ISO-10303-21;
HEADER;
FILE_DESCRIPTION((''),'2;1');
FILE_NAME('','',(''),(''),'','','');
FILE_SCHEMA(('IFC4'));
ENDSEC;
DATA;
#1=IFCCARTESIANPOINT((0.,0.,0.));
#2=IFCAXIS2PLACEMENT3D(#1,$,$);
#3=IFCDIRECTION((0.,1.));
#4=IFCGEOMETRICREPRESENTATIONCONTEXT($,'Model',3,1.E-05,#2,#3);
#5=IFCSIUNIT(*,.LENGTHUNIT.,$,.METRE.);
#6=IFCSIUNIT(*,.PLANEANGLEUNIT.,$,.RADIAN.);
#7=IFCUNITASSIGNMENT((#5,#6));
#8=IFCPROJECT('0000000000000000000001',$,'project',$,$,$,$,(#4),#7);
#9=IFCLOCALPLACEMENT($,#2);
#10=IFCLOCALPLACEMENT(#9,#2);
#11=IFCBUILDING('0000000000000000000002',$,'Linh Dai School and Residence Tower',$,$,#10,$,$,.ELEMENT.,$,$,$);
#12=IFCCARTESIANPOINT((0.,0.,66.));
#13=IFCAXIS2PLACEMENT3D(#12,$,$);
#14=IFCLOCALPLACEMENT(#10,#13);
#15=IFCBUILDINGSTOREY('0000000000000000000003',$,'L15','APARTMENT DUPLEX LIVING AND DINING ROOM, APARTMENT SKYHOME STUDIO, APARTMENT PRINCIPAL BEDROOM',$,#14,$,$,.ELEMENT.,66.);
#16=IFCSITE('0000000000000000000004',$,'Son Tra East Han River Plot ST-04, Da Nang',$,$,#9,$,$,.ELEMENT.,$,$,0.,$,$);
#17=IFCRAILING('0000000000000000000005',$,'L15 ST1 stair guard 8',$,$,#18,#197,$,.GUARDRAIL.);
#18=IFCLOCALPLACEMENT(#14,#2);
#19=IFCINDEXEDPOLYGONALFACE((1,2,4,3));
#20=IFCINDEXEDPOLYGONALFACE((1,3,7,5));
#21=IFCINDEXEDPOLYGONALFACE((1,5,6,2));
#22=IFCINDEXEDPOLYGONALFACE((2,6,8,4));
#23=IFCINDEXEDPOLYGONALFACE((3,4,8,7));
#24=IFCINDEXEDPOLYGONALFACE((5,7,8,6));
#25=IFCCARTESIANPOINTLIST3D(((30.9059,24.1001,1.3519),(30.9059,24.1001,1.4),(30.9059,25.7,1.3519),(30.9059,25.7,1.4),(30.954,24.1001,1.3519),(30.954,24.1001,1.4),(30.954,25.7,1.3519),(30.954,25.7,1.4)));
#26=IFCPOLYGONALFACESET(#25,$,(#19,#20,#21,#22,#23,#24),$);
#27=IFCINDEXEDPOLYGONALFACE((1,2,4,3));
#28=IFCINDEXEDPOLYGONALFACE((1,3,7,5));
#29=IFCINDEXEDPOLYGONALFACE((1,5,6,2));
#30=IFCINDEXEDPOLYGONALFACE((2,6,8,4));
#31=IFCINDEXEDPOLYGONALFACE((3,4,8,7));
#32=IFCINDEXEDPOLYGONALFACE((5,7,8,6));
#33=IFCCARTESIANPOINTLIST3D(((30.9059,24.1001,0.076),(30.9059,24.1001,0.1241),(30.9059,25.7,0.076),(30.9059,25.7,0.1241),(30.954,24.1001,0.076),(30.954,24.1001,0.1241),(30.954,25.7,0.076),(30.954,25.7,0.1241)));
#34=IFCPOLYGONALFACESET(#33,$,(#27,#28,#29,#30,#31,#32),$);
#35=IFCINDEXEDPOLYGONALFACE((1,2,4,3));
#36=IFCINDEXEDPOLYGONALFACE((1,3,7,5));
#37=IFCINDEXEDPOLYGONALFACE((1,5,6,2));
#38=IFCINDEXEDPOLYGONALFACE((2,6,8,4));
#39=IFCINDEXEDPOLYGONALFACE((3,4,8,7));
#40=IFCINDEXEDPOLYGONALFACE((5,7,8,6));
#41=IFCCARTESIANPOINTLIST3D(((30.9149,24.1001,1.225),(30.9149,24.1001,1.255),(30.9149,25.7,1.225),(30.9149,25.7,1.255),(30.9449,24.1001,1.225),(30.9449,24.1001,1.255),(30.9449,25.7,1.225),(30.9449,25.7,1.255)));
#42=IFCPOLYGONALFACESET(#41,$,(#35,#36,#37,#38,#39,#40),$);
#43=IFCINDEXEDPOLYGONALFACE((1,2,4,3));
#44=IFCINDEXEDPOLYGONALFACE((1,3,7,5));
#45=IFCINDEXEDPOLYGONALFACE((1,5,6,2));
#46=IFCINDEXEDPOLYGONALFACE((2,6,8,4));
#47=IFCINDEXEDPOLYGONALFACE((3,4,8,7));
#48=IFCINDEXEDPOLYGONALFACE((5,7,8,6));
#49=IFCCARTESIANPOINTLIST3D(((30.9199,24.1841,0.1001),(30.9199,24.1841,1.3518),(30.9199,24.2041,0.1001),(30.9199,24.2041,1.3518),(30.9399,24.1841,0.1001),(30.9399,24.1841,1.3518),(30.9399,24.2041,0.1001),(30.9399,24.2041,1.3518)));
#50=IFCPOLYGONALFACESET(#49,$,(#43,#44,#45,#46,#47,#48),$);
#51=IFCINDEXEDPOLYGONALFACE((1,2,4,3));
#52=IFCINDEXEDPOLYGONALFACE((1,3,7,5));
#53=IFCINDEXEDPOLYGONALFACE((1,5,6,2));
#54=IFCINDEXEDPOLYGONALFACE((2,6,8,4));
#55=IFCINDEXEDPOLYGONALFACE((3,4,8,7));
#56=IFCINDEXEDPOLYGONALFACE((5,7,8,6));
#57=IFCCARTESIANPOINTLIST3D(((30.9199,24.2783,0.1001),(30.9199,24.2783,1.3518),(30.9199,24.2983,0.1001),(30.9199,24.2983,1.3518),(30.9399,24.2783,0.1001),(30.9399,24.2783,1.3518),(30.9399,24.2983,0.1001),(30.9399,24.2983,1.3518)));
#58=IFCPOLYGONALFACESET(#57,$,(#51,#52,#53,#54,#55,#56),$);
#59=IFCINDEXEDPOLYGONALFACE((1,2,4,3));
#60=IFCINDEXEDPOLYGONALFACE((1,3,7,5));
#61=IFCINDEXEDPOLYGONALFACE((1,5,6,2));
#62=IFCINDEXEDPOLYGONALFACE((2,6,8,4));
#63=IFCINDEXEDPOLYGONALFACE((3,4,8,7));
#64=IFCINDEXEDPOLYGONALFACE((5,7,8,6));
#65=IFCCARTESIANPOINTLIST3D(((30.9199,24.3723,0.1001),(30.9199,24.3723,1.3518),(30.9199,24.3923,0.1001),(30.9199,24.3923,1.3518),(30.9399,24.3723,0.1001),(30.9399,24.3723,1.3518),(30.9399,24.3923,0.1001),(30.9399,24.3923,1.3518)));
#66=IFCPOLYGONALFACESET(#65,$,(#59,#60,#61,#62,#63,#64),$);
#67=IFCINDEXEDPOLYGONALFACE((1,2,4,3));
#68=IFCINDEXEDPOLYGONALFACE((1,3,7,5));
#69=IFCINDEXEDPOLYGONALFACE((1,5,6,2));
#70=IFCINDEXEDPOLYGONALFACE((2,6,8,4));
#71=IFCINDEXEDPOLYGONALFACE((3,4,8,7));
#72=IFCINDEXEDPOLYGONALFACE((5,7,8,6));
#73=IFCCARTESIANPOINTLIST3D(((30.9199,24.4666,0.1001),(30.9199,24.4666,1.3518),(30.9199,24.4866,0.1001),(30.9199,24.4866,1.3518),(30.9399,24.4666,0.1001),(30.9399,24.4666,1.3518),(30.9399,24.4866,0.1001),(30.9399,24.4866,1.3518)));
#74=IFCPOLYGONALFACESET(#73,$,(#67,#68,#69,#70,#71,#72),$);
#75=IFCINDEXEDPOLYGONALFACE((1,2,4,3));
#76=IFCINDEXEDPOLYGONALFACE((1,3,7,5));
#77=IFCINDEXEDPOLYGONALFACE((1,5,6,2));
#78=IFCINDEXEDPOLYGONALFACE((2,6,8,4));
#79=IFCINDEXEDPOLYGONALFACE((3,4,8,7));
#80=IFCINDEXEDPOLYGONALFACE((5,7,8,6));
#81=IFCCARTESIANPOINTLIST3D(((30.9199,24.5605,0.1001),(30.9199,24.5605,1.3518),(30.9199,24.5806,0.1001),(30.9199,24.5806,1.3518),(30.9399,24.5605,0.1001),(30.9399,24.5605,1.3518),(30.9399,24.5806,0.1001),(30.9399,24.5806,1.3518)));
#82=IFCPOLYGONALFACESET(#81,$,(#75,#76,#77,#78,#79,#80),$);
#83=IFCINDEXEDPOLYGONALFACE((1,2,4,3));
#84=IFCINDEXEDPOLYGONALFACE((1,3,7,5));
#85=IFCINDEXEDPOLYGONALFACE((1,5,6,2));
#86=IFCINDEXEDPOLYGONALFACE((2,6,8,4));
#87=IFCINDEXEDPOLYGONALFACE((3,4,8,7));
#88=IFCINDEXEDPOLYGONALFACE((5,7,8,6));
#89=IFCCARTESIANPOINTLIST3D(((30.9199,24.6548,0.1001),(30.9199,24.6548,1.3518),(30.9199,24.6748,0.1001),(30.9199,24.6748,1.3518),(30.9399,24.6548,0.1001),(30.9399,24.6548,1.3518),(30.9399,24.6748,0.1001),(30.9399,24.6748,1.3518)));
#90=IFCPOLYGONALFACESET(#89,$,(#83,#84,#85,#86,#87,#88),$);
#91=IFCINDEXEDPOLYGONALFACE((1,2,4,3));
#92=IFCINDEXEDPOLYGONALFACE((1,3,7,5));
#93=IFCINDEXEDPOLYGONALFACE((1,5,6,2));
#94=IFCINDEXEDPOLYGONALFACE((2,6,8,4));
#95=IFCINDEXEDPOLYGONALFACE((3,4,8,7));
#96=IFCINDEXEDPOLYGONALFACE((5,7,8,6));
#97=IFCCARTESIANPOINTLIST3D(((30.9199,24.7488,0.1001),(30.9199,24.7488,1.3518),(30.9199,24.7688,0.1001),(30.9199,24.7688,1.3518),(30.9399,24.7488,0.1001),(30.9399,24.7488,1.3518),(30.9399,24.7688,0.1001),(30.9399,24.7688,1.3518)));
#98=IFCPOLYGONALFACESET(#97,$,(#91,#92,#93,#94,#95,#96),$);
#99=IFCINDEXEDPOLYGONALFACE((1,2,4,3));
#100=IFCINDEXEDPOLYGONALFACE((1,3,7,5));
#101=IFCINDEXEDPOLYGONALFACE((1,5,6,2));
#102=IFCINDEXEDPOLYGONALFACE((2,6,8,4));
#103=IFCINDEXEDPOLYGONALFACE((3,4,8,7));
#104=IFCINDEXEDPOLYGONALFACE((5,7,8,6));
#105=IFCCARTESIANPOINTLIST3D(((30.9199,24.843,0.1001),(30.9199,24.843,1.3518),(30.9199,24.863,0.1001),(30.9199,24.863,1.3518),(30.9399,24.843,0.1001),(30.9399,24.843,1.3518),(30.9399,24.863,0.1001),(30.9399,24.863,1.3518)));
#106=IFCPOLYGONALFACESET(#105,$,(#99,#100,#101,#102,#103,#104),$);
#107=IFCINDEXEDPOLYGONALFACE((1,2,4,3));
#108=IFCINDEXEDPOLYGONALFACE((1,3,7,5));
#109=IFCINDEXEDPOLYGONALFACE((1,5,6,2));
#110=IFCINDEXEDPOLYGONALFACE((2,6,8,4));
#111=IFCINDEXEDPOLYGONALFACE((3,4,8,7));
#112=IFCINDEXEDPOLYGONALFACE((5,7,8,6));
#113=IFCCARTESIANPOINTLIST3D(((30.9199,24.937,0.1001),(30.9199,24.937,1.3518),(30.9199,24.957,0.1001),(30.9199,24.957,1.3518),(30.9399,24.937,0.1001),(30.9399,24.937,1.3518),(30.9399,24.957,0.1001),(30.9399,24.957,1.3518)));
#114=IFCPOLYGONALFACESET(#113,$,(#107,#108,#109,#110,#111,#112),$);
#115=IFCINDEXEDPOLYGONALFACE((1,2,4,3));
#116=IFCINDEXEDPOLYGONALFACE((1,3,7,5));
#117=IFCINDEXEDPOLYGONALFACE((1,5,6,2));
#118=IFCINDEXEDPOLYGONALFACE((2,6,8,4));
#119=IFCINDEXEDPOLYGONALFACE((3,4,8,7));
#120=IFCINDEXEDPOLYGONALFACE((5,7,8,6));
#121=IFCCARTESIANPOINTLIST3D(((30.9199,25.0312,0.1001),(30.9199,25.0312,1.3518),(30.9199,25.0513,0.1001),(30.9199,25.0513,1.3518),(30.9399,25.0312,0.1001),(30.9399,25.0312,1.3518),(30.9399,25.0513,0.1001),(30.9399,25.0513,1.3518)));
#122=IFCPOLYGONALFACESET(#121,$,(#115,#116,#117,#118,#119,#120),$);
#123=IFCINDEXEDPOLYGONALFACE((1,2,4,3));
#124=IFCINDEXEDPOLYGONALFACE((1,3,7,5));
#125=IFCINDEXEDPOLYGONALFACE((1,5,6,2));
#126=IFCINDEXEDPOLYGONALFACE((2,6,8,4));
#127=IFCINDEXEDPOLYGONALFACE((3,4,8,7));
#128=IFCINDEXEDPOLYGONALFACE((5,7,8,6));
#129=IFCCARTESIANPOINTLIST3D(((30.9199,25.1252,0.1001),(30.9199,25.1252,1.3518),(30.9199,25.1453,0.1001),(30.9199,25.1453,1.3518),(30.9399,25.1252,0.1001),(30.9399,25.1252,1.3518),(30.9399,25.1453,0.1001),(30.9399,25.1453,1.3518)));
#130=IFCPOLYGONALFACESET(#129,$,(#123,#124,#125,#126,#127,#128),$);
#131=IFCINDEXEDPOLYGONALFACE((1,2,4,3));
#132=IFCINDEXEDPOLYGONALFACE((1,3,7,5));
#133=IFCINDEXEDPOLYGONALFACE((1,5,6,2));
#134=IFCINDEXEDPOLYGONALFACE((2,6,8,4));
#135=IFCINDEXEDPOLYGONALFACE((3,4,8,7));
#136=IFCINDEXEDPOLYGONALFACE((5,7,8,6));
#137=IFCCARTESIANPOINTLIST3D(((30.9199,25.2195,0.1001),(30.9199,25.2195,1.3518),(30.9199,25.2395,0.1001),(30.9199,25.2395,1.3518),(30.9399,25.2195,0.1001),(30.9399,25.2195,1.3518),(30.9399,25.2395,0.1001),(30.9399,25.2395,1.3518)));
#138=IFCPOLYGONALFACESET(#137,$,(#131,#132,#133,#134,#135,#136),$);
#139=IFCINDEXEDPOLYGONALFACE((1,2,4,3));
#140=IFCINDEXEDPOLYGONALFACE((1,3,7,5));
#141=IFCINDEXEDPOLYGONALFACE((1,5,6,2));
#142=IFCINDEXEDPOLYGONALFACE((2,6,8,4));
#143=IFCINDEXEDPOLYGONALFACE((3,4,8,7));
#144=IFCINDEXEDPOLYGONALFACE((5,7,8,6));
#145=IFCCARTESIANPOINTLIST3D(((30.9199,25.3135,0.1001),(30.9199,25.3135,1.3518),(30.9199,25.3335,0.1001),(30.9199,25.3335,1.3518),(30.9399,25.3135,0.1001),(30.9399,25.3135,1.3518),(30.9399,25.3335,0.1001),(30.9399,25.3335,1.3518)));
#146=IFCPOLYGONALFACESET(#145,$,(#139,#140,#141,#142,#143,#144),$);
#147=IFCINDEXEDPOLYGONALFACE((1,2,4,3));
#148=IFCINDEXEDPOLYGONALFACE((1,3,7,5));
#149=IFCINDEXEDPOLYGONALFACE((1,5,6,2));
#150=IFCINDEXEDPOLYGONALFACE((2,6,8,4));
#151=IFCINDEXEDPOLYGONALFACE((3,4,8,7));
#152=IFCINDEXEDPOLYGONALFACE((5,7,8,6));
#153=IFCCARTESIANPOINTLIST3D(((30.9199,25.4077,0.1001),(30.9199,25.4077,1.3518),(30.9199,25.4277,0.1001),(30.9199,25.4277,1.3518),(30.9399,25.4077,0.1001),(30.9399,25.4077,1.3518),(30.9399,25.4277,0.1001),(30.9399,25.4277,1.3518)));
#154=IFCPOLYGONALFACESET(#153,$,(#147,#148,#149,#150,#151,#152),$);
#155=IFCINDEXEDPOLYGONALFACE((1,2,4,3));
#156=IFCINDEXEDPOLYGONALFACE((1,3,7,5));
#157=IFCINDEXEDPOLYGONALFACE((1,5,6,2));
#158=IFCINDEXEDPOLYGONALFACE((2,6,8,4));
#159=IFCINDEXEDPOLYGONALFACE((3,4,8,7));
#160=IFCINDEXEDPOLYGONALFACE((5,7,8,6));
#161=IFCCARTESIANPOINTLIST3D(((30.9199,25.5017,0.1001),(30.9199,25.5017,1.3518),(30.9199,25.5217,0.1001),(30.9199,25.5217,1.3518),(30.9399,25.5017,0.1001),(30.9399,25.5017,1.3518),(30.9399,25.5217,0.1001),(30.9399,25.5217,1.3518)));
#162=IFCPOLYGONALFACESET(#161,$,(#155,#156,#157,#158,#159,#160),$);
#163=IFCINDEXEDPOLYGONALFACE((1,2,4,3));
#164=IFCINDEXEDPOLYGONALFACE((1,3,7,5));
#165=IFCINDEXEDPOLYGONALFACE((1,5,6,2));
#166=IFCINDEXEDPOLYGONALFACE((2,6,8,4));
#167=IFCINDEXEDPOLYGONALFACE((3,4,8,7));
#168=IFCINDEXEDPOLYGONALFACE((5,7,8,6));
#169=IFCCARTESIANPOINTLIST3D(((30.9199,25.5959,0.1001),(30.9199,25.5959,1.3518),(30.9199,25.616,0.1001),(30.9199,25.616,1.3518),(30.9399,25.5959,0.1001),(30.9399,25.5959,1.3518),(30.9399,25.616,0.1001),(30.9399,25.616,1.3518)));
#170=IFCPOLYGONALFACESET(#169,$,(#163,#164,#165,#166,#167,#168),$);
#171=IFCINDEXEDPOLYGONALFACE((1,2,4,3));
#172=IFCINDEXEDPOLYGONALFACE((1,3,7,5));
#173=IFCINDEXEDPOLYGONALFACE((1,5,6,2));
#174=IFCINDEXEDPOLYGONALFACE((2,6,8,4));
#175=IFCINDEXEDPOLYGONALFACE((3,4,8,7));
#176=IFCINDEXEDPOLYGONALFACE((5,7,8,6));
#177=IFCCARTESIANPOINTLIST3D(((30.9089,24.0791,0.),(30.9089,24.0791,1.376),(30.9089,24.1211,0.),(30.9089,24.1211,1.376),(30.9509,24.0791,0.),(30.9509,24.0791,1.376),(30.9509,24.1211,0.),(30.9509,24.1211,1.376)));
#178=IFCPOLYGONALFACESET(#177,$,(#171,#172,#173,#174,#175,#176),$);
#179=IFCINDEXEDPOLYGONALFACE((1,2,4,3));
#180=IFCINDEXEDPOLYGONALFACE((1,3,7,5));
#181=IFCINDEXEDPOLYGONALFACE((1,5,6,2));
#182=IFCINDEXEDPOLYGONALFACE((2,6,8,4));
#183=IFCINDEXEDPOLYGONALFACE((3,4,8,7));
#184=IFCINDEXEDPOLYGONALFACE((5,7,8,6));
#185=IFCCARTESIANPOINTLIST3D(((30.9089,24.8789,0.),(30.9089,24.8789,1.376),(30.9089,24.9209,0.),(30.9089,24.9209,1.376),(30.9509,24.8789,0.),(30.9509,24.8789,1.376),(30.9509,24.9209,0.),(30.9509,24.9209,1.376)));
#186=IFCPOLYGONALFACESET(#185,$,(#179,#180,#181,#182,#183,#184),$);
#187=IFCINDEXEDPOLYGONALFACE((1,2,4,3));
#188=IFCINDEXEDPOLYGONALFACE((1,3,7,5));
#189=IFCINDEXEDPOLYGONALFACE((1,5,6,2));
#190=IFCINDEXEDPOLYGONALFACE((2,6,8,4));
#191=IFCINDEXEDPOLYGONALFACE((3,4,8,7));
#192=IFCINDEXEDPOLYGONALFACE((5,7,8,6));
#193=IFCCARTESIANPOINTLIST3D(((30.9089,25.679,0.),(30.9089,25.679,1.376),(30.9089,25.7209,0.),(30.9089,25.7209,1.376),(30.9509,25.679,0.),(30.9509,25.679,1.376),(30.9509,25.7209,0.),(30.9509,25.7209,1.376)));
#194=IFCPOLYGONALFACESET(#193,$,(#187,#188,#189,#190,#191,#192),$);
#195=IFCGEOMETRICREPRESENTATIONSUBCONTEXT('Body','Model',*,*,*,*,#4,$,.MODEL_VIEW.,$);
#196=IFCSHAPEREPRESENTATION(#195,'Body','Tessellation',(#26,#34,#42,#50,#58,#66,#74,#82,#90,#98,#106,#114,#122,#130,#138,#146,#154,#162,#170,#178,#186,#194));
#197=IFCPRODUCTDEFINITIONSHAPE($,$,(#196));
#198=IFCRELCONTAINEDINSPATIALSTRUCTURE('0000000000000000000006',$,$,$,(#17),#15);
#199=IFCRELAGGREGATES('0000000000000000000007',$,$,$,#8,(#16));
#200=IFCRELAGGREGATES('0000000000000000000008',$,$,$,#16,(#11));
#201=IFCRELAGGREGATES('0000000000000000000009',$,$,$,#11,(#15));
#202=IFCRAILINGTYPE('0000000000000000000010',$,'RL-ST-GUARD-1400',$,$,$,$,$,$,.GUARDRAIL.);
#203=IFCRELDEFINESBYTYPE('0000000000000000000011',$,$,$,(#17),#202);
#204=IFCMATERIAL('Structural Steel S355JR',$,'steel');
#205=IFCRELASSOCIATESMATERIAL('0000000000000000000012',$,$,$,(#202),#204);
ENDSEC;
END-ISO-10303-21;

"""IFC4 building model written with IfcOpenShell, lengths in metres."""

from ifc_helpers import new_model, si_unit, direction, frame, origin, origin_2d, place, context, subcontext, project, spatial, rectangle, extrude, source, transform, mapped, material, type_object, element, save


model = new_model("IFC4")

# Units and contexts
model_context = context("Model", 3, precision=1e-05, world=origin(), true_north=direction((0.0, 1.0)))
body_context = subcontext(model_context, "Body", "Model", "MODEL_VIEW")
ifc_project = project(units=[si_unit("LENGTHUNIT", "METRE"), si_unit("PLANEANGLEUNIT", "RADIAN")], contexts=[model_context])

# Site, building, storey
site_placement = place(None, origin())
site = spatial("IfcSite", under=ifc_project, at=site_placement, Name="Son Tra East Han River Plot ST-04, Da Nang", CompositionType="ELEMENT", RefElevation=0.0)
building_placement = place(site_placement, origin())
building = spatial("IfcBuilding", under=site, at=building_placement, Name="Linh Dai School and Residence Tower", CompositionType="ELEMENT")
storey_placement = place(building_placement, frame((0.0, 0.0, 66.0)))
storey = spatial("IfcBuildingStorey", under=building, at=storey_placement, Name="L15", Description="APARTMENT DUPLEX LIVING AND DINING ROOM, APARTMENT SKYHOME STUDIO, APARTMENT PRINCIPAL BEDROOM", CompositionType="ELEMENT", Elevation=66.0)

# Shared definitions
ifc_material_1 = material(Name="Structural Steel S355JR", Category="steel")

# Railing
railing_type_1 = type_object("IfcRailingType", Name="RL-ST-GUARD-1400", PredefinedType="GUARDRAIL", material=ifc_material_1)
shared_shape_1 = source(origin(), body_context, "Body", "SweptSolid", [
    extrude(rectangle(XDim=0.0481, YDim=0.0481, at=origin_2d()), frame((0.0, 0.0, 1.376), z_axis=(0.0, 1.0, 0.0), x_axis=(-1.0, 0.0, 0.0)), (0.0, 0.0, 1.0), 1.5999),
    extrude(rectangle(XDim=0.0481, YDim=0.0481, at=origin_2d()), frame((0.0, 0.0, 0.1001), z_axis=(0.0, 1.0, 0.0), x_axis=(-1.0, 0.0, 0.0)), (0.0, 0.0, 1.0), 1.5999),
    extrude(rectangle(XDim=0.03, YDim=0.03, at=origin_2d()), frame((0.0, 0.0, 1.24), z_axis=(0.0, 1.0, 0.0), x_axis=(-1.0, 0.0, 0.0)), (0.0, 0.0, 1.0), 1.5999),
    extrude(rectangle(XDim=0.02, YDim=0.02, at=origin_2d()), frame((0.0, 0.094, 0.1001)), (0.0, 0.0, 1.0), 1.2517),
    extrude(rectangle(XDim=0.02, YDim=0.02, at=origin_2d()), frame((0.0, 0.1882, 0.1001)), (0.0, 0.0, 1.0), 1.2517),
    extrude(rectangle(XDim=0.02, YDim=0.02, at=origin_2d()), frame((0.0, 0.2822, 0.1001)), (0.0, 0.0, 1.0), 1.2517),
    extrude(rectangle(XDim=0.02, YDim=0.02, at=origin_2d()), frame((0.0, 0.3765, 0.1001)), (0.0, 0.0, 1.0), 1.2517),
    extrude(rectangle(XDim=0.02, YDim=0.02, at=origin_2d()), frame((0.0, 0.4705, 0.1001)), (0.0, 0.0, 1.0), 1.2517),
    extrude(rectangle(XDim=0.02, YDim=0.02, at=origin_2d()), frame((0.0, 0.5647, 0.1001)), (0.0, 0.0, 1.0), 1.2517),
    extrude(rectangle(XDim=0.02, YDim=0.02, at=origin_2d()), frame((0.0, 0.6587, 0.1001)), (0.0, 0.0, 1.0), 1.2517),
    extrude(rectangle(XDim=0.02, YDim=0.02, at=origin_2d()), frame((0.0, 0.7529, 0.1001)), (0.0, 0.0, 1.0), 1.2517),
    extrude(rectangle(XDim=0.02, YDim=0.02, at=origin_2d()), frame((0.0, 0.8469, 0.1001)), (0.0, 0.0, 1.0), 1.2517),
    extrude(rectangle(XDim=0.02, YDim=0.02, at=origin_2d()), frame((0.0, 0.9412, 0.1001)), (0.0, 0.0, 1.0), 1.2517),
    extrude(rectangle(XDim=0.02, YDim=0.02, at=origin_2d()), frame((0.0, 1.0352, 0.1001)), (0.0, 0.0, 1.0), 1.2517),
    extrude(rectangle(XDim=0.02, YDim=0.02, at=origin_2d()), frame((0.0, 1.1294, 0.1001)), (0.0, 0.0, 1.0), 1.2517),
    extrude(rectangle(XDim=0.02, YDim=0.02, at=origin_2d()), frame((0.0, 1.2234, 0.1001)), (0.0, 0.0, 1.0), 1.2517),
    extrude(rectangle(XDim=0.02, YDim=0.02, at=origin_2d()), frame((0.0, 1.3176, 0.1001)), (0.0, 0.0, 1.0), 1.2517),
    extrude(rectangle(XDim=0.02, YDim=0.02, at=origin_2d()), frame((0.0, 1.4116, 0.1001)), (0.0, 0.0, 1.0), 1.2517),
    extrude(rectangle(XDim=0.02, YDim=0.02, at=origin_2d()), frame((0.0, 1.5059, 0.1001)), (0.0, 0.0, 1.0), 1.2517),
    extrude(rectangle(XDim=0.042, YDim=0.042, at=origin_2d()), origin(), (0.0, 0.0, 1.0), 1.376),
    extrude(rectangle(XDim=0.042, YDim=0.042, at=origin_2d()), frame((0.0, 0.7998, 0.0)), (0.0, 0.0, 1.0), 1.376),
    extrude(rectangle(XDim=0.042, YDim=0.042, at=origin_2d()), frame((0.0, 1.5999, 0.0)), (0.0, 0.0, 1.0), 1.376),
])
for number, where, name in (
    (1, (30.9299, 24.1001, 0.0), "L15 ST1 stair guard 8"),
):
    element("IfcRailing", number, at=place(storey_placement, frame(where)), inside=storey, type_object=railing_type_1, Name=name, PredefinedType="GUARDRAIL", context=body_context, shape_type="MappedRepresentation", body=[
        mapped(shared_shape_1, transform((0.0, 0.0, 0.0), x_axis=(1.0, 0.0, 0.0), y_axis=(0.0, 1.0, 0.0), z_axis=(0.0, 0.0, 1.0), scale=1.0)),
    ])

save(model, "model.ifc")
